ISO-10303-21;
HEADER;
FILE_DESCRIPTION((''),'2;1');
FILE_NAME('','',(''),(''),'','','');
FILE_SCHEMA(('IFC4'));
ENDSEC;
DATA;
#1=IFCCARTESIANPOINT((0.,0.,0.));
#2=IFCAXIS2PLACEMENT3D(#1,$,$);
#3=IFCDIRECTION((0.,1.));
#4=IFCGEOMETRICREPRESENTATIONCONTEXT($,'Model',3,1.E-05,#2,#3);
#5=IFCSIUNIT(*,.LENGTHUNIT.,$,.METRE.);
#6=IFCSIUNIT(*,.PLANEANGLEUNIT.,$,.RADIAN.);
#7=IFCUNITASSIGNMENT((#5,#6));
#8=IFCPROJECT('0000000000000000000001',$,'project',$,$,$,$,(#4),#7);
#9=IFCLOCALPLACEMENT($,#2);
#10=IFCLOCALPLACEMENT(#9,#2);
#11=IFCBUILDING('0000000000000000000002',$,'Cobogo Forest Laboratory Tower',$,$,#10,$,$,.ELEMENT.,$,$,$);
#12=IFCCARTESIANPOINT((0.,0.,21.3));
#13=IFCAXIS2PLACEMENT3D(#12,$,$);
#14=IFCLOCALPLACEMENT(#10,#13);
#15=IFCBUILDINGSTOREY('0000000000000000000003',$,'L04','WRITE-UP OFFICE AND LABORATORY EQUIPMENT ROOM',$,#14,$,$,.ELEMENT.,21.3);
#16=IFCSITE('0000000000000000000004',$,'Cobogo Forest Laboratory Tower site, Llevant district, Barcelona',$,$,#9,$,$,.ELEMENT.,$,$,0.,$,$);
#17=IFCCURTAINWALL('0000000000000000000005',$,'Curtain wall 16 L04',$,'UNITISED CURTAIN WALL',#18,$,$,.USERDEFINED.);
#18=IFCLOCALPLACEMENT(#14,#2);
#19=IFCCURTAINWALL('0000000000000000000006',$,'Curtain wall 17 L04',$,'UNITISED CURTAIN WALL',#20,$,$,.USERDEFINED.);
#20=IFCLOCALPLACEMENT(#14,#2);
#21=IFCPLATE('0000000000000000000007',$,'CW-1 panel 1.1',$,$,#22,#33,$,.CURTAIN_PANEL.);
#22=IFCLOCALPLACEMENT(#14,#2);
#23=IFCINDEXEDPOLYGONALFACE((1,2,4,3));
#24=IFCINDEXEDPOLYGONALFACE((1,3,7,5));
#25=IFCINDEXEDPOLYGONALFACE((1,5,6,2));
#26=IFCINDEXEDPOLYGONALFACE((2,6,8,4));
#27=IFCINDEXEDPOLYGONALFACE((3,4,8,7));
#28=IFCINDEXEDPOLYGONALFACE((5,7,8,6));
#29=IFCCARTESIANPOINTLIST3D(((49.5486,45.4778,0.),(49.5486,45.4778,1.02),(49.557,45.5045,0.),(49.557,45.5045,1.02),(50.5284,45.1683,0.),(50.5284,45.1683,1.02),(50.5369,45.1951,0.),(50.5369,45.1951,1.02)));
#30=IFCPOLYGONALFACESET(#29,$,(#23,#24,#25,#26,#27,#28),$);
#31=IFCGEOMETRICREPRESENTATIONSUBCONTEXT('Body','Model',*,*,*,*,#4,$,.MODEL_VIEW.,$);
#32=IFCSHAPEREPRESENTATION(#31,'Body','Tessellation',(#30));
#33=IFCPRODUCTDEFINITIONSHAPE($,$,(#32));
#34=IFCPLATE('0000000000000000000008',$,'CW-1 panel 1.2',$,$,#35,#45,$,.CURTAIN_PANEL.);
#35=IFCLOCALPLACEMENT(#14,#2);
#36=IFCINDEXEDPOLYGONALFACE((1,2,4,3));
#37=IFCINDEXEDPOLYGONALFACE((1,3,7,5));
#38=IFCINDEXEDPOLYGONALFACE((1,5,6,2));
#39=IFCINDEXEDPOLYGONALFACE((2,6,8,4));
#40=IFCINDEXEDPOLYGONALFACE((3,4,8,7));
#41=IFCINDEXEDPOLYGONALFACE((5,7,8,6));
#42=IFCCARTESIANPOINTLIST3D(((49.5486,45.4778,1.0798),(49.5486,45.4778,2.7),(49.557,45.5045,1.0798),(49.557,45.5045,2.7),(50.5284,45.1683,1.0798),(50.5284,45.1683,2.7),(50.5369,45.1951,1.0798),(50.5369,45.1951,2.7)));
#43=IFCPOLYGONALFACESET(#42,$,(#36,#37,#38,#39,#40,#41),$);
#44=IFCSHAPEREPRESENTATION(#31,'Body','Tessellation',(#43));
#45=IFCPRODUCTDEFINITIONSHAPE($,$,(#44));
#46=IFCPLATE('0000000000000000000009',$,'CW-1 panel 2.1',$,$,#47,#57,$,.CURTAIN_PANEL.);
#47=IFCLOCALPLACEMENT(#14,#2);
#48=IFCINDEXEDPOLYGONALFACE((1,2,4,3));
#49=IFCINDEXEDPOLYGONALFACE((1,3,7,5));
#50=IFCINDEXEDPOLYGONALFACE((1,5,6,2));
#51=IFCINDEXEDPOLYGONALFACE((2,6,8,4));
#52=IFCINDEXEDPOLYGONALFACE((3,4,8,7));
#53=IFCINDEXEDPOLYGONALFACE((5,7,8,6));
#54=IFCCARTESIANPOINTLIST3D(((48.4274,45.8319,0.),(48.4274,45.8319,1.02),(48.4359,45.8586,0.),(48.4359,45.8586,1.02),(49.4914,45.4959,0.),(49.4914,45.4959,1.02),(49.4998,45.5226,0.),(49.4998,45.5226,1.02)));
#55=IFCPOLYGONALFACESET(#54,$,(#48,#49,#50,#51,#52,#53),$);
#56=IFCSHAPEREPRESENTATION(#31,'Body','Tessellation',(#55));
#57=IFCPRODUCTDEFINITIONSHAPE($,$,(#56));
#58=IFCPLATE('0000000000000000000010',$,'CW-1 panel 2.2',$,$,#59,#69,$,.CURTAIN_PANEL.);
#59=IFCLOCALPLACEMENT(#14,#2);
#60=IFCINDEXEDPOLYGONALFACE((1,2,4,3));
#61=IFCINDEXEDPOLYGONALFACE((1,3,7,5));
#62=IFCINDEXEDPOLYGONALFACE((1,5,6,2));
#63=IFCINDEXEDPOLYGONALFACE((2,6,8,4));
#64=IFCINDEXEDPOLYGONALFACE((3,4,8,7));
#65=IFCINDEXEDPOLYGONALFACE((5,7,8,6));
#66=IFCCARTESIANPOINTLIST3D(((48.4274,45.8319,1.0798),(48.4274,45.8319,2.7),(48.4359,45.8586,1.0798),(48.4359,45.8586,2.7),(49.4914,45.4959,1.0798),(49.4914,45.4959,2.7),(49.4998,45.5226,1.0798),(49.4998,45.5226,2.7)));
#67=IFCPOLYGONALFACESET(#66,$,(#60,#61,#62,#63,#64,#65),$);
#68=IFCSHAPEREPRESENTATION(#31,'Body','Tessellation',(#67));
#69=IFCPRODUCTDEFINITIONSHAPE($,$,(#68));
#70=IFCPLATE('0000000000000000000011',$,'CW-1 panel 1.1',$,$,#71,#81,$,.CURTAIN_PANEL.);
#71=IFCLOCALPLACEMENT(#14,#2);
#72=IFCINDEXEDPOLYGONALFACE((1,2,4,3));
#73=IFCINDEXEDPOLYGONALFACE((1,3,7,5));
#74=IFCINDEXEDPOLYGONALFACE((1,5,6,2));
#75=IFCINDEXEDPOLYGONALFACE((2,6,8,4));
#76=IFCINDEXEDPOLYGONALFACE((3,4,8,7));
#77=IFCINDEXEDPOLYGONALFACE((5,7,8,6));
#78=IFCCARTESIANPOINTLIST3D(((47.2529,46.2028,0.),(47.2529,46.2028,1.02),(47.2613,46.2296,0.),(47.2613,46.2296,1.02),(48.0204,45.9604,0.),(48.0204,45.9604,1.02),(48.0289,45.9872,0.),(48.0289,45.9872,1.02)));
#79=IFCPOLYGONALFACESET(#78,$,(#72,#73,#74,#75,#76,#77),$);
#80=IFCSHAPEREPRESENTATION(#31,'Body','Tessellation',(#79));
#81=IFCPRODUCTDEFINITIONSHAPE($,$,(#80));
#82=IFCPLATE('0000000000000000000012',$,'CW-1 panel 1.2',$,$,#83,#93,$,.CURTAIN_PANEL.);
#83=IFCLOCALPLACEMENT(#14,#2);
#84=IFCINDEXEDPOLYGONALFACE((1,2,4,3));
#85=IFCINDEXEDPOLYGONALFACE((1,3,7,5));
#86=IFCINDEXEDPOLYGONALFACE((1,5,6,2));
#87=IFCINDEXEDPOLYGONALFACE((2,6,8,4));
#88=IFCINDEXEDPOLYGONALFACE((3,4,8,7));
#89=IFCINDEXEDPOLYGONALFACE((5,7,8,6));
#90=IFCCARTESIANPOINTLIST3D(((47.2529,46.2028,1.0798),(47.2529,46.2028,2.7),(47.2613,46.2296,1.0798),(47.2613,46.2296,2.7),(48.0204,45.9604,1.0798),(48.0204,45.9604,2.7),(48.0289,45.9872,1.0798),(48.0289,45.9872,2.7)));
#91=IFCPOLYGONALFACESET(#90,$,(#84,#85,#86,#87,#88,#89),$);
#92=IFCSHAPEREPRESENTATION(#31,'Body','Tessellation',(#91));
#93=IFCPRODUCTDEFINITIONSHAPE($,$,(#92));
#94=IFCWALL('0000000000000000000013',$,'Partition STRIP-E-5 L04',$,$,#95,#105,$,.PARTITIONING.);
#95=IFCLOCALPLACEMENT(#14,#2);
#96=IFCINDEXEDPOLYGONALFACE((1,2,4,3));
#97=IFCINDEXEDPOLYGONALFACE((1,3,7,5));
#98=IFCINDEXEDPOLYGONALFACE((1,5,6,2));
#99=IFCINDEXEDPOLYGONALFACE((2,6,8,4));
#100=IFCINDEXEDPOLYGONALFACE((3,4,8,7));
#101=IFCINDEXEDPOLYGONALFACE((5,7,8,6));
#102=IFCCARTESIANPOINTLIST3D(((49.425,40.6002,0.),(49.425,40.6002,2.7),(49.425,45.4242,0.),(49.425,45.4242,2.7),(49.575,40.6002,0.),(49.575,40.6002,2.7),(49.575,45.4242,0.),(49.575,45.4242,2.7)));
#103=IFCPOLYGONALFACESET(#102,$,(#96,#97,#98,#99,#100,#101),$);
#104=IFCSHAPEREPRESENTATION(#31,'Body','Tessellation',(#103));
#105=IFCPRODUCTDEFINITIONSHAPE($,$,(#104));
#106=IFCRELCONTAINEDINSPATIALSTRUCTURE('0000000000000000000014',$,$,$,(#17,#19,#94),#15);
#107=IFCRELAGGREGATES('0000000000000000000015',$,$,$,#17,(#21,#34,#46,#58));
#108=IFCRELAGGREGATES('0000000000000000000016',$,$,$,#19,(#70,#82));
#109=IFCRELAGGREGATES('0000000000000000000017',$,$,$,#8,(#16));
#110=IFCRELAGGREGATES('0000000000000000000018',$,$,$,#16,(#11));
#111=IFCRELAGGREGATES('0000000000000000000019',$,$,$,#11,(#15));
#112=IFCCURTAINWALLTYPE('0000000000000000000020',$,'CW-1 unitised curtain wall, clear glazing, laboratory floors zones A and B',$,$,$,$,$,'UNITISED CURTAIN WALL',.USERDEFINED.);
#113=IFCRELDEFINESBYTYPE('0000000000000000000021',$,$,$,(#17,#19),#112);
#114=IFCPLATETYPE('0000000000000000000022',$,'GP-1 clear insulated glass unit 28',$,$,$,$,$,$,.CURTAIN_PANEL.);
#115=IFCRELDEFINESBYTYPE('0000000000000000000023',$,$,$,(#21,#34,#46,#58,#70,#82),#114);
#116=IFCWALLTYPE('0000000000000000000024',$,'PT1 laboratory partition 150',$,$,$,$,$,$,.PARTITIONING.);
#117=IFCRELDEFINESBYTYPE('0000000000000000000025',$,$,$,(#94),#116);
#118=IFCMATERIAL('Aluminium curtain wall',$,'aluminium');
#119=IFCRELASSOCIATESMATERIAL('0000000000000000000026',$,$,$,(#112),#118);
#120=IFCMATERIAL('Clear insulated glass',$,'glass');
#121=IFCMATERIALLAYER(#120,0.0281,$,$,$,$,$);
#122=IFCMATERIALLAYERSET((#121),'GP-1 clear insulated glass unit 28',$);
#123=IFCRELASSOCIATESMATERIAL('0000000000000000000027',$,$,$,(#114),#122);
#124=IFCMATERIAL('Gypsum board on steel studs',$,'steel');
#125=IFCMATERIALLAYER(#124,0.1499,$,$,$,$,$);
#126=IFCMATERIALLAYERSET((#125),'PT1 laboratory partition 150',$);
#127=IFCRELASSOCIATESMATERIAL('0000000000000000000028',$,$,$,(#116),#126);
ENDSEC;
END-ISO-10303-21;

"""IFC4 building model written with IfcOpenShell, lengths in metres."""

from ifc_helpers import new_model, si_unit, direction, frame, frame_2d, origin, origin_2d, place, context, subcontext, project, spatial, rectangle, extrude, material, layer, layer_set, type_object, element, aggregate, save


model = new_model("IFC4")

# Units and contexts
model_context = context("Model", 3, precision=1e-05, world=origin(), true_north=direction((0.0, 1.0)))
body_context = subcontext(model_context, "Body", "Model", "MODEL_VIEW")
ifc_project = project(units=[si_unit("LENGTHUNIT", "METRE"), si_unit("PLANEANGLEUNIT", "RADIAN")], contexts=[model_context])

# Site, building, storey
site_placement = place(None, origin())
site = spatial("IfcSite", under=ifc_project, at=site_placement, Name="Cobogo Forest Laboratory Tower site, Llevant district, Barcelona", CompositionType="ELEMENT", RefElevation=0.0)
building_placement = place(site_placement, origin())
building = spatial("IfcBuilding", under=site, at=building_placement, Name="Cobogo Forest Laboratory Tower", CompositionType="ELEMENT")
storey_placement = place(building_placement, frame((0.0, 0.0, 21.3)))
storey = spatial("IfcBuildingStorey", under=building, at=storey_placement, Name="L04", Description="WRITE-UP OFFICE AND LABORATORY EQUIPMENT ROOM", CompositionType="ELEMENT", Elevation=21.3)

# Curtain walls
ifc_material_1 = material(Name="Aluminium curtain wall", Category="aluminium")
curtain_wall_type = type_object("IfcCurtainWallType", Name="CW-1 unitised curtain wall, clear glazing, laboratory floors zones A and B", ElementType="UNITISED CURTAIN WALL", PredefinedType="USERDEFINED", material=ifc_material_1)
curtain_wall_1_placement = place(storey_placement, origin())
curtain_wall_1 = element("IfcCurtainWall", 1, at=curtain_wall_1_placement, inside=storey, type_object=curtain_wall_type, Name="Curtain wall 16 L04", ObjectType="UNITISED CURTAIN WALL", PredefinedType="USERDEFINED")
curtain_wall_2_placement = place(storey_placement, origin())
curtain_wall_2 = element("IfcCurtainWall", 2, at=curtain_wall_2_placement, inside=storey, type_object=curtain_wall_type, Name="Curtain wall 17 L04", ObjectType="UNITISED CURTAIN WALL", PredefinedType="USERDEFINED")

# Plates
ifc_material_2 = material(Name="Clear insulated glass", Category="glass")
ifc_layer_1 = layer(ifc_material_2, 0.0281)
ifc_layer_set_1 = layer_set([ifc_layer_1], Name="GP-1 clear insulated glass unit 28")
plate_type = type_object("IfcPlateType", Name="GP-1 clear insulated glass unit 28", PredefinedType="CURTAIN_PANEL", material=ifc_layer_set_1)
plate_1_placement = place(storey_placement, frame((50.0427, 45.3364, 0.0), z_axis=(0.0, 0.0, 1.0), x_axis=(-0.953581, 0.301135, 0.0)))
plate_1 = element("IfcPlate", 3, at=plate_1_placement, type_object=plate_type, Name="CW-1 panel 1.1", PredefinedType="CURTAIN_PANEL", context=body_context, shape_type="SweptSolid", body=[
    extrude(rectangle(XDim=1.0276, YDim=0.0281, at=origin_2d()), origin(), (0.0, 0.0, 1.0), 1.02),
])
plate_2_placement = place(storey_placement, frame((50.0427, 45.3364, 1.0798), z_axis=(0.0, 0.0, 1.0), x_axis=(-0.953581, 0.301135, 0.0)))
plate_2 = element("IfcPlate", 4, at=plate_2_placement, type_object=plate_type, Name="CW-1 panel 1.2", PredefinedType="CURTAIN_PANEL", context=body_context, shape_type="SweptSolid", body=[
    extrude(rectangle(XDim=1.0276, YDim=0.0281, at=origin_2d()), origin(), (0.0, 0.0, 1.0), 1.6201),
])
plate_3_placement = place(storey_placement, frame((48.9636, 45.6772, 0.0), z_axis=(0.0, 0.0, 1.0), x_axis=(-0.953581, 0.301135, 0.0)))
plate_3 = element("IfcPlate", 5, at=plate_3_placement, type_object=plate_type, Name="CW-1 panel 2.1", PredefinedType="CURTAIN_PANEL", context=body_context, shape_type="SweptSolid", body=[
    extrude(rectangle(XDim=1.1157, YDim=0.0281, at=origin_2d()), origin(), (0.0, 0.0, 1.0), 1.02),
])
plate_4_placement = place(storey_placement, frame((48.9636, 45.6772, 1.0798), z_axis=(0.0, 0.0, 1.0), x_axis=(-0.953581, 0.301135, 0.0)))
plate_4 = element("IfcPlate", 6, at=plate_4_placement, type_object=plate_type, Name="CW-1 panel 2.2", PredefinedType="CURTAIN_PANEL", context=body_context, shape_type="SweptSolid", body=[
    extrude(rectangle(XDim=1.1157, YDim=0.0281, at=origin_2d()), origin(), (0.0, 0.0, 1.0), 1.6201),
])
aggregate(curtain_wall_1, [plate_1, plate_2, plate_3, plate_4])
plate_5_placement = place(storey_placement, frame((47.6409, 46.095, 0.0), z_axis=(0.0, 0.0, 1.0), x_axis=(-0.953581, 0.301135, 0.0)))
plate_5 = element("IfcPlate", 7, at=plate_5_placement, type_object=plate_type, Name="CW-1 panel 1.1", PredefinedType="CURTAIN_PANEL", context=body_context, shape_type="SweptSolid", body=[
    extrude(rectangle(XDim=0.8049, YDim=0.0281, at=origin_2d()), origin(), (0.0, 0.0, 1.0), 1.02),
])
plate_6_placement = place(storey_placement, frame((47.6409, 46.095, 1.0798), z_axis=(0.0, 0.0, 1.0), x_axis=(-0.953581, 0.301135, 0.0)))
plate_6 = element("IfcPlate", 8, at=plate_6_placement, type_object=plate_type, Name="CW-1 panel 1.2", PredefinedType="CURTAIN_PANEL", context=body_context, shape_type="SweptSolid", body=[
    extrude(rectangle(XDim=0.8049, YDim=0.0281, at=origin_2d()), origin(), (0.0, 0.0, 1.0), 1.6201),
])
aggregate(curtain_wall_2, [plate_5, plate_6])

# Wall
ifc_material_3 = material(Name="Gypsum board on steel studs", Category="steel")
ifc_layer_2 = layer(ifc_material_3, 0.1499)
ifc_layer_set_2 = layer_set([ifc_layer_2], Name="PT1 laboratory partition 150")
wall_type = type_object("IfcWallType", Name="PT1 laboratory partition 150", PredefinedType="PARTITIONING", material=ifc_layer_set_2)
wall_placement = place(storey_placement, frame((49.5, 40.6001, 0.0), z_axis=(0.0, 0.0, 1.0), x_axis=(0.0, 1.0, 0.0)))
element("IfcWall", 9, at=wall_placement, inside=storey, type_object=wall_type, Name="Partition STRIP-E-5 L04", PredefinedType="PARTITIONING", context=body_context, shape_type="SweptSolid", body=[
    extrude(rectangle(XDim=4.824, YDim=0.1499, at=frame_2d((2.4121, 0.0))), origin(), (0.0, 0.0, 1.0), 2.7),
])

save(model, "model.ifc")
